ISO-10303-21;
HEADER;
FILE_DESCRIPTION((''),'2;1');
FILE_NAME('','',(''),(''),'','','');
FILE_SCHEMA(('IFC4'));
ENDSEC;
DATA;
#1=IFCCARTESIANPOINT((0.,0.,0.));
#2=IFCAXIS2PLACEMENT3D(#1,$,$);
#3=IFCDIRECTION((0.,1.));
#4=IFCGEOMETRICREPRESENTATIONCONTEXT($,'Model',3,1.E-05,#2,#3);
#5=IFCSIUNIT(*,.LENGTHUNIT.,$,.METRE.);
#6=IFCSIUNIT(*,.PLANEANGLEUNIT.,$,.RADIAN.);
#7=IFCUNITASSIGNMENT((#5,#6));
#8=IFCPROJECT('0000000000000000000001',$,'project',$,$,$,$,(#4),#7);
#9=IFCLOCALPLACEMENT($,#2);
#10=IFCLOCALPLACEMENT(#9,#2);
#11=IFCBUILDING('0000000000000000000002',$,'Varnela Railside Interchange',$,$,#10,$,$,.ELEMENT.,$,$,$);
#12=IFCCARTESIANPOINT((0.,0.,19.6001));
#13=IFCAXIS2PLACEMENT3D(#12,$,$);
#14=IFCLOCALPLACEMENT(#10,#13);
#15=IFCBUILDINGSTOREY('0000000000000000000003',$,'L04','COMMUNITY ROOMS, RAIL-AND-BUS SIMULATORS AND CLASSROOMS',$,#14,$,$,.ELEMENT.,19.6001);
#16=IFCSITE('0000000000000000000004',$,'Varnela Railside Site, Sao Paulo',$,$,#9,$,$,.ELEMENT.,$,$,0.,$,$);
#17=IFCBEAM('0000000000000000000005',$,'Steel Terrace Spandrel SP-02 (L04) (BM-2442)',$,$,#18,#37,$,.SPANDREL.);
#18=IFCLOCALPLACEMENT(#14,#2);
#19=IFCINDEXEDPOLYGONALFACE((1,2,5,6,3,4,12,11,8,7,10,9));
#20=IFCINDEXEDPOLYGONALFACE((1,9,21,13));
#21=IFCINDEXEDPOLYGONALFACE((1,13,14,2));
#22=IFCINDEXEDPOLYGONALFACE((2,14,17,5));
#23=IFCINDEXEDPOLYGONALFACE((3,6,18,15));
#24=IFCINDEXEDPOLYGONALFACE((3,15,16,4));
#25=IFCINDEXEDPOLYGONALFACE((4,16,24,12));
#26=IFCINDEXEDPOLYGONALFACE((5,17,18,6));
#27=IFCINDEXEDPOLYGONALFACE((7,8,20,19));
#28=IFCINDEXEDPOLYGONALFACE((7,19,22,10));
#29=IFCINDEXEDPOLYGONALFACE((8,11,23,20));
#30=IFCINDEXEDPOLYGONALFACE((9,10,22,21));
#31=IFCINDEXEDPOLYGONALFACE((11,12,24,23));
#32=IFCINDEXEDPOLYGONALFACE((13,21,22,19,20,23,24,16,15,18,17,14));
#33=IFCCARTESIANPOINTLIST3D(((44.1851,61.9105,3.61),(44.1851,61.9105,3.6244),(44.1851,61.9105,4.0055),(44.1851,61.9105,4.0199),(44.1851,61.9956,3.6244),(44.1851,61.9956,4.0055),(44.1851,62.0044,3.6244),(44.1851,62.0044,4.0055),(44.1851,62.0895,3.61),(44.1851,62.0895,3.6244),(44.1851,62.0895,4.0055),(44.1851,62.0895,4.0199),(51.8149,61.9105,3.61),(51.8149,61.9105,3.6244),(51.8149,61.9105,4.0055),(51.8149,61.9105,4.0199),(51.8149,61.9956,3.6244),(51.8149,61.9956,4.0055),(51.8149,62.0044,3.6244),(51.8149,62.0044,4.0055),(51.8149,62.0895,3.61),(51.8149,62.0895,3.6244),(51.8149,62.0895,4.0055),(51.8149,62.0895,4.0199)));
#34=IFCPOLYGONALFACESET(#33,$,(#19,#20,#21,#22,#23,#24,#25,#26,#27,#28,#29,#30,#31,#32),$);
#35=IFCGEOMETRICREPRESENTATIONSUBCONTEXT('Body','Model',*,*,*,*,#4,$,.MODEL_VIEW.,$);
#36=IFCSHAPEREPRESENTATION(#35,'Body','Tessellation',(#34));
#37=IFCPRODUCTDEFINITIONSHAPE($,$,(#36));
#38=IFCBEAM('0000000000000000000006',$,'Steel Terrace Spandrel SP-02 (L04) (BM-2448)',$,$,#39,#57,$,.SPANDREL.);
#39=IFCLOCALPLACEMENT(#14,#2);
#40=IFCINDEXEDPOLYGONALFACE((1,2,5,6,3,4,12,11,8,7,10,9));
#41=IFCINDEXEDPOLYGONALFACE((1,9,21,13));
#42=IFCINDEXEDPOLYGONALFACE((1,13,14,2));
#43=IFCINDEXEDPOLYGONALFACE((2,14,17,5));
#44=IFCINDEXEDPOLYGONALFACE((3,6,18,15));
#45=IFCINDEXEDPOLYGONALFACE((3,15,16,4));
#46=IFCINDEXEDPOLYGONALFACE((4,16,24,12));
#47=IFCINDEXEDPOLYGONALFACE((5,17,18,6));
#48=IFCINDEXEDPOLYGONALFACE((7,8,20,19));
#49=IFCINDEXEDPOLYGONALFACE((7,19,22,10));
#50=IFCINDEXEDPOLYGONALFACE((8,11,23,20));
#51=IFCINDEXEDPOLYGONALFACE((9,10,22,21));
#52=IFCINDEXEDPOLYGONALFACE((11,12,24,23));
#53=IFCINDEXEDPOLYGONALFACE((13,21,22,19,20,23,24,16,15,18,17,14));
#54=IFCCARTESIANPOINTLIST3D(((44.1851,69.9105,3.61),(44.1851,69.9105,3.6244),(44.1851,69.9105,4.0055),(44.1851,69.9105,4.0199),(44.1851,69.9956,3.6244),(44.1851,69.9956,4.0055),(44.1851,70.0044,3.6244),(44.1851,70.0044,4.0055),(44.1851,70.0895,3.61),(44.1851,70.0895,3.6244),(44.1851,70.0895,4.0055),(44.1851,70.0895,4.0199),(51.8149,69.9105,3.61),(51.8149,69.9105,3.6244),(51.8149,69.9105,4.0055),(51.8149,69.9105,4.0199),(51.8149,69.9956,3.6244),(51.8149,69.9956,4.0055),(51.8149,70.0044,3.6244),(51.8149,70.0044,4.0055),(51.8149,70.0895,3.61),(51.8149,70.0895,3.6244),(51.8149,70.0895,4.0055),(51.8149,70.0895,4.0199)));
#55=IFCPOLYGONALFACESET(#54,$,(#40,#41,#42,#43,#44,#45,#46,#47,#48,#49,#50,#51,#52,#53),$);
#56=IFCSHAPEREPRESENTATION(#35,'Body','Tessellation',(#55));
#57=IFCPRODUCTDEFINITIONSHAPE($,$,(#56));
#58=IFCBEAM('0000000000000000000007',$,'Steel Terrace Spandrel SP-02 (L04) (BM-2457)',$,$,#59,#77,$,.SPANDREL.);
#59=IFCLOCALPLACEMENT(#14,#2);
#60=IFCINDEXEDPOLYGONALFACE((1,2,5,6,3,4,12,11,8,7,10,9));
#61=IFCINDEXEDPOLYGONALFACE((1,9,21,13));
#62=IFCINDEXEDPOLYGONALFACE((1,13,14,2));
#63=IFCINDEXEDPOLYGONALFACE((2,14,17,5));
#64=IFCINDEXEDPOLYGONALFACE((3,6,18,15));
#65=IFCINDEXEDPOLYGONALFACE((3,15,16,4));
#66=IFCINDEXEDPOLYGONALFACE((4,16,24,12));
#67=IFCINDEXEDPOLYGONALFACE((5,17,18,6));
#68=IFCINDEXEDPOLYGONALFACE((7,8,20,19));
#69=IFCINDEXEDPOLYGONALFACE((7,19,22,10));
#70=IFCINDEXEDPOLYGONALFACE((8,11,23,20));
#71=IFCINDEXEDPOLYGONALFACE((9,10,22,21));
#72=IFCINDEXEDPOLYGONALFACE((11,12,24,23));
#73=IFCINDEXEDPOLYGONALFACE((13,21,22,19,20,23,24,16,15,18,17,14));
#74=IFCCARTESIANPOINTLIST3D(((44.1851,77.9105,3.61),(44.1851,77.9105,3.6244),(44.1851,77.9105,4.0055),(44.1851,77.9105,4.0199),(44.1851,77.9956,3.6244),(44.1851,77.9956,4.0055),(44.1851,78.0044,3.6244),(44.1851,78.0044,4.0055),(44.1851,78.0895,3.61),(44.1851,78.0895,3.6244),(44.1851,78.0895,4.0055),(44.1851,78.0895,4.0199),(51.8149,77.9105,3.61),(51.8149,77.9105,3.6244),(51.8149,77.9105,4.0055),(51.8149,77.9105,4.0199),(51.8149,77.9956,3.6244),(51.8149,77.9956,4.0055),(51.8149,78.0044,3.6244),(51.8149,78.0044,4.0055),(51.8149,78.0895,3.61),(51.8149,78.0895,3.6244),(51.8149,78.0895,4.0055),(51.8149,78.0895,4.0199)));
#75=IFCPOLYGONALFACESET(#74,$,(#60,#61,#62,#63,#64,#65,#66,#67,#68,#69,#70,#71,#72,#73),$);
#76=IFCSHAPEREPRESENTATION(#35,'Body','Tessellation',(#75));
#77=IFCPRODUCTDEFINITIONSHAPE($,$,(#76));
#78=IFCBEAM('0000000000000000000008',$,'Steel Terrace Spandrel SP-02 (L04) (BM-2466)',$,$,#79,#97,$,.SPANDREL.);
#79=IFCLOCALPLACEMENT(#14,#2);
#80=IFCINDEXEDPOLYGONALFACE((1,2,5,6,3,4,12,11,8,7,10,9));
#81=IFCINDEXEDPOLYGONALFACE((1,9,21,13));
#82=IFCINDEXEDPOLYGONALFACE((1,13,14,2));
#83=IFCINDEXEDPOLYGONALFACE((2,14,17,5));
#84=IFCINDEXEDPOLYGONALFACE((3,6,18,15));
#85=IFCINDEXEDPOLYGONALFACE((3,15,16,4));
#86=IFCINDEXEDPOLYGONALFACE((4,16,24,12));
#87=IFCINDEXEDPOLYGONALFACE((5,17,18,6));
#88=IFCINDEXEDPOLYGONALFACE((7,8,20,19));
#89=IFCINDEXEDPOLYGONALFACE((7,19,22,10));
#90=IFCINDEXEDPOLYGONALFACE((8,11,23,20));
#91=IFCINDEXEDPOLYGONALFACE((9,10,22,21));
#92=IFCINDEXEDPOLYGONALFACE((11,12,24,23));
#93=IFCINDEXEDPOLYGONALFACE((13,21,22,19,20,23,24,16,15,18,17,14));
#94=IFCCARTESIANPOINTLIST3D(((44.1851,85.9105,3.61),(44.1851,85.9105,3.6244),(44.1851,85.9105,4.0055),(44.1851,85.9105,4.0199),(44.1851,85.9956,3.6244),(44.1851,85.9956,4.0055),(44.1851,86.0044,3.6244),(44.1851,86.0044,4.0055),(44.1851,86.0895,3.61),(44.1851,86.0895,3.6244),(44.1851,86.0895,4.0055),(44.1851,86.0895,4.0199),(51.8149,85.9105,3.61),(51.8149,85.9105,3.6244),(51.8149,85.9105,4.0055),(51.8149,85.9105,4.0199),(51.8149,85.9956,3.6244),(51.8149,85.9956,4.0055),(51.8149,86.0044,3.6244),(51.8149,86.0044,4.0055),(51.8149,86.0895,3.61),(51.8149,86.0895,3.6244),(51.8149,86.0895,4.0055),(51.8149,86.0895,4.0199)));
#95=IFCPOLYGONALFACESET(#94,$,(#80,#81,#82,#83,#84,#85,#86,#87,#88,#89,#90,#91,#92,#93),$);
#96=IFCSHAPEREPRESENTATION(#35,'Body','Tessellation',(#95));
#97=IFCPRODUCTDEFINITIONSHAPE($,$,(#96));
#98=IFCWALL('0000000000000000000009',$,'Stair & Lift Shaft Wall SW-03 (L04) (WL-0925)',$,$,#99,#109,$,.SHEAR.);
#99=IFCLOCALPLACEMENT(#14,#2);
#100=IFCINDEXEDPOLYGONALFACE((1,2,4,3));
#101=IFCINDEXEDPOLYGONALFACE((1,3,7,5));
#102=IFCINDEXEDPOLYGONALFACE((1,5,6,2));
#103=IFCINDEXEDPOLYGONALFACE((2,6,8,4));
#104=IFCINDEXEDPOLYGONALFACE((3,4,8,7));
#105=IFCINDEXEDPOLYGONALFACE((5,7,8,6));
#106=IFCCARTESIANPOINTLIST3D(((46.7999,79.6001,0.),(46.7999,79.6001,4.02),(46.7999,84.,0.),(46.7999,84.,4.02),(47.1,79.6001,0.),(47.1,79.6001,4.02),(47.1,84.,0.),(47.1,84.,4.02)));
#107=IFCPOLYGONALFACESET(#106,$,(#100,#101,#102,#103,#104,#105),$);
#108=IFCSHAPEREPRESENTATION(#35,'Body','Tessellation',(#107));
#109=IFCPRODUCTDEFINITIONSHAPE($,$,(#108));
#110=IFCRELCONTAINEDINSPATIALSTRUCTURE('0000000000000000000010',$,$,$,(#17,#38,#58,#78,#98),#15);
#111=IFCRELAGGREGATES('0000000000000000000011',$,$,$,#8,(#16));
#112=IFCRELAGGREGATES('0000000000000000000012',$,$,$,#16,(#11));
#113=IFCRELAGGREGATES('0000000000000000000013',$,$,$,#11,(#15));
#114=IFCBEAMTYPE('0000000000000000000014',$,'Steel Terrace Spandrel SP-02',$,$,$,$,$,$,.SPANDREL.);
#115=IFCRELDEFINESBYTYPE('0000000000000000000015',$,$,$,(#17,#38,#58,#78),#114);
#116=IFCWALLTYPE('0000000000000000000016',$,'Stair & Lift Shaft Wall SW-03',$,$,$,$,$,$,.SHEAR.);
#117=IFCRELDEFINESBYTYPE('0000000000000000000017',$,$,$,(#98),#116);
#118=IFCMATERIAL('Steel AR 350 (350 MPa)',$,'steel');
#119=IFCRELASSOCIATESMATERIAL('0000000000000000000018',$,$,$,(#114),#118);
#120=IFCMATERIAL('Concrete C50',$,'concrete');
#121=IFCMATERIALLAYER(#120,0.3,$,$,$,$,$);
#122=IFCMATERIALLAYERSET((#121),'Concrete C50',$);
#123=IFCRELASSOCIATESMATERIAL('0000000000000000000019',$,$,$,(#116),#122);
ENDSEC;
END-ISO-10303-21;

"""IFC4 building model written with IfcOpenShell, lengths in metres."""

from ifc_helpers import new_model, si_unit, direction, frame, frame_2d, origin, origin_2d, place, context, subcontext, project, spatial, rectangle, i_section, extrude, material, layer, layer_set, material_profile, profile_set, type_object, element, save


model = new_model("IFC4")

# Units and contexts
model_context = context("Model", 3, precision=1e-05, world=origin(), true_north=direction((0.0, 1.0)))
body_context = subcontext(model_context, "Body", "Model", "MODEL_VIEW")
ifc_project = project(units=[si_unit("LENGTHUNIT", "METRE"), si_unit("PLANEANGLEUNIT", "RADIAN")], contexts=[model_context])

# Site, building, storey
site_placement = place(None, origin())
site = spatial("IfcSite", under=ifc_project, at=site_placement, Name="Varnela Railside Site, Sao Paulo", CompositionType="ELEMENT", RefElevation=0.0)
building_placement = place(site_placement, origin())
building = spatial("IfcBuilding", under=site, at=building_placement, Name="Varnela Railside Interchange", CompositionType="ELEMENT")
storey_placement = place(building_placement, frame((0.0, 0.0, 19.6001)))
storey = spatial("IfcBuildingStorey", under=building, at=storey_placement, Name="L04", Description="COMMUNITY ROOMS, RAIL-AND-BUS SIMULATORS AND CLASSROOMS", CompositionType="ELEMENT", Elevation=19.6001)

# Shared definitions
ifc_material_1 = material(Name="Steel AR 350 (350 MPa)", Category="steel")

# Beams
ifc_material_profile_1 = material_profile(ifc_material_1, i_section(OverallWidth=0.179, OverallDepth=0.4099, WebThickness=0.0088, FlangeThickness=0.0144, at=origin_2d()), Name="W410x67")
ifc_profile_set_1 = profile_set([ifc_material_profile_1], Name="Steel AR 350 (350 MPa)")
beam_type_1 = type_object("IfcBeamType", Name="Steel Terrace Spandrel SP-02", PredefinedType="SPANDREL", material=ifc_profile_set_1)
for number, where, z_axis, x_axis, name in (
    (1, (44.1851, 62.0, 3.8149), (1.0, 0.0, 0.0), (0.0, 1.0, 0.0), "Steel Terrace Spandrel SP-02 (L04) (BM-2442)"),
    (2, (44.1851, 70.0, 3.8149), (1.0, 0.0, 0.0), (0.0, 1.0, 0.0), "Steel Terrace Spandrel SP-02 (L04) (BM-2448)"),
    (3, (44.1851, 78.0, 3.8149), (1.0, 0.0, 0.0), (0.0, 1.0, 0.0), "Steel Terrace Spandrel SP-02 (L04) (BM-2457)"),
    (4, (44.1851, 86.0, 3.8149), (1.0, 0.0, 0.0), (0.0, 1.0, 0.0), "Steel Terrace Spandrel SP-02 (L04) (BM-2466)"),
):
    element("IfcBeam", number, at=place(storey_placement, frame(where, z_axis=z_axis, x_axis=x_axis)), inside=storey, type_object=beam_type_1, Name=name, PredefinedType="SPANDREL", context=body_context, shape_type="SweptSolid", body=[
        extrude(i_section(OverallWidth=0.179, OverallDepth=0.4099, WebThickness=0.0088, FlangeThickness=0.0144, at=origin_2d()), origin(), (0.0, 0.0, 1.0), 7.6299),
    ])

# Wall
ifc_material_2 = material(Name="Concrete C50", Category="concrete")
ifc_layer = layer(ifc_material_2, 0.3)
ifc_layer_set = layer_set([ifc_layer], Name="Concrete C50")
wall_type = type_object("IfcWallType", Name="Stair & Lift Shaft Wall SW-03", PredefinedType="SHEAR", material=ifc_layer_set)
wall_placement = place(storey_placement, frame((46.95, 79.6001, 0.0), z_axis=(0.0, 0.0, 1.0), x_axis=(0.0, 1.0, 0.0)))
element("IfcWall", 5, at=wall_placement, inside=storey, type_object=wall_type, Name="Stair & Lift Shaft Wall SW-03 (L04) (WL-0925)", PredefinedType="SHEAR", context=body_context, shape_type="SweptSolid", body=[
    extrude(rectangle(XDim=4.3999, YDim=0.3, at=frame_2d((2.2, 0.0))), origin(), (0.0, 0.0, 1.0), 4.02),
])

save(model, "model.ifc")
